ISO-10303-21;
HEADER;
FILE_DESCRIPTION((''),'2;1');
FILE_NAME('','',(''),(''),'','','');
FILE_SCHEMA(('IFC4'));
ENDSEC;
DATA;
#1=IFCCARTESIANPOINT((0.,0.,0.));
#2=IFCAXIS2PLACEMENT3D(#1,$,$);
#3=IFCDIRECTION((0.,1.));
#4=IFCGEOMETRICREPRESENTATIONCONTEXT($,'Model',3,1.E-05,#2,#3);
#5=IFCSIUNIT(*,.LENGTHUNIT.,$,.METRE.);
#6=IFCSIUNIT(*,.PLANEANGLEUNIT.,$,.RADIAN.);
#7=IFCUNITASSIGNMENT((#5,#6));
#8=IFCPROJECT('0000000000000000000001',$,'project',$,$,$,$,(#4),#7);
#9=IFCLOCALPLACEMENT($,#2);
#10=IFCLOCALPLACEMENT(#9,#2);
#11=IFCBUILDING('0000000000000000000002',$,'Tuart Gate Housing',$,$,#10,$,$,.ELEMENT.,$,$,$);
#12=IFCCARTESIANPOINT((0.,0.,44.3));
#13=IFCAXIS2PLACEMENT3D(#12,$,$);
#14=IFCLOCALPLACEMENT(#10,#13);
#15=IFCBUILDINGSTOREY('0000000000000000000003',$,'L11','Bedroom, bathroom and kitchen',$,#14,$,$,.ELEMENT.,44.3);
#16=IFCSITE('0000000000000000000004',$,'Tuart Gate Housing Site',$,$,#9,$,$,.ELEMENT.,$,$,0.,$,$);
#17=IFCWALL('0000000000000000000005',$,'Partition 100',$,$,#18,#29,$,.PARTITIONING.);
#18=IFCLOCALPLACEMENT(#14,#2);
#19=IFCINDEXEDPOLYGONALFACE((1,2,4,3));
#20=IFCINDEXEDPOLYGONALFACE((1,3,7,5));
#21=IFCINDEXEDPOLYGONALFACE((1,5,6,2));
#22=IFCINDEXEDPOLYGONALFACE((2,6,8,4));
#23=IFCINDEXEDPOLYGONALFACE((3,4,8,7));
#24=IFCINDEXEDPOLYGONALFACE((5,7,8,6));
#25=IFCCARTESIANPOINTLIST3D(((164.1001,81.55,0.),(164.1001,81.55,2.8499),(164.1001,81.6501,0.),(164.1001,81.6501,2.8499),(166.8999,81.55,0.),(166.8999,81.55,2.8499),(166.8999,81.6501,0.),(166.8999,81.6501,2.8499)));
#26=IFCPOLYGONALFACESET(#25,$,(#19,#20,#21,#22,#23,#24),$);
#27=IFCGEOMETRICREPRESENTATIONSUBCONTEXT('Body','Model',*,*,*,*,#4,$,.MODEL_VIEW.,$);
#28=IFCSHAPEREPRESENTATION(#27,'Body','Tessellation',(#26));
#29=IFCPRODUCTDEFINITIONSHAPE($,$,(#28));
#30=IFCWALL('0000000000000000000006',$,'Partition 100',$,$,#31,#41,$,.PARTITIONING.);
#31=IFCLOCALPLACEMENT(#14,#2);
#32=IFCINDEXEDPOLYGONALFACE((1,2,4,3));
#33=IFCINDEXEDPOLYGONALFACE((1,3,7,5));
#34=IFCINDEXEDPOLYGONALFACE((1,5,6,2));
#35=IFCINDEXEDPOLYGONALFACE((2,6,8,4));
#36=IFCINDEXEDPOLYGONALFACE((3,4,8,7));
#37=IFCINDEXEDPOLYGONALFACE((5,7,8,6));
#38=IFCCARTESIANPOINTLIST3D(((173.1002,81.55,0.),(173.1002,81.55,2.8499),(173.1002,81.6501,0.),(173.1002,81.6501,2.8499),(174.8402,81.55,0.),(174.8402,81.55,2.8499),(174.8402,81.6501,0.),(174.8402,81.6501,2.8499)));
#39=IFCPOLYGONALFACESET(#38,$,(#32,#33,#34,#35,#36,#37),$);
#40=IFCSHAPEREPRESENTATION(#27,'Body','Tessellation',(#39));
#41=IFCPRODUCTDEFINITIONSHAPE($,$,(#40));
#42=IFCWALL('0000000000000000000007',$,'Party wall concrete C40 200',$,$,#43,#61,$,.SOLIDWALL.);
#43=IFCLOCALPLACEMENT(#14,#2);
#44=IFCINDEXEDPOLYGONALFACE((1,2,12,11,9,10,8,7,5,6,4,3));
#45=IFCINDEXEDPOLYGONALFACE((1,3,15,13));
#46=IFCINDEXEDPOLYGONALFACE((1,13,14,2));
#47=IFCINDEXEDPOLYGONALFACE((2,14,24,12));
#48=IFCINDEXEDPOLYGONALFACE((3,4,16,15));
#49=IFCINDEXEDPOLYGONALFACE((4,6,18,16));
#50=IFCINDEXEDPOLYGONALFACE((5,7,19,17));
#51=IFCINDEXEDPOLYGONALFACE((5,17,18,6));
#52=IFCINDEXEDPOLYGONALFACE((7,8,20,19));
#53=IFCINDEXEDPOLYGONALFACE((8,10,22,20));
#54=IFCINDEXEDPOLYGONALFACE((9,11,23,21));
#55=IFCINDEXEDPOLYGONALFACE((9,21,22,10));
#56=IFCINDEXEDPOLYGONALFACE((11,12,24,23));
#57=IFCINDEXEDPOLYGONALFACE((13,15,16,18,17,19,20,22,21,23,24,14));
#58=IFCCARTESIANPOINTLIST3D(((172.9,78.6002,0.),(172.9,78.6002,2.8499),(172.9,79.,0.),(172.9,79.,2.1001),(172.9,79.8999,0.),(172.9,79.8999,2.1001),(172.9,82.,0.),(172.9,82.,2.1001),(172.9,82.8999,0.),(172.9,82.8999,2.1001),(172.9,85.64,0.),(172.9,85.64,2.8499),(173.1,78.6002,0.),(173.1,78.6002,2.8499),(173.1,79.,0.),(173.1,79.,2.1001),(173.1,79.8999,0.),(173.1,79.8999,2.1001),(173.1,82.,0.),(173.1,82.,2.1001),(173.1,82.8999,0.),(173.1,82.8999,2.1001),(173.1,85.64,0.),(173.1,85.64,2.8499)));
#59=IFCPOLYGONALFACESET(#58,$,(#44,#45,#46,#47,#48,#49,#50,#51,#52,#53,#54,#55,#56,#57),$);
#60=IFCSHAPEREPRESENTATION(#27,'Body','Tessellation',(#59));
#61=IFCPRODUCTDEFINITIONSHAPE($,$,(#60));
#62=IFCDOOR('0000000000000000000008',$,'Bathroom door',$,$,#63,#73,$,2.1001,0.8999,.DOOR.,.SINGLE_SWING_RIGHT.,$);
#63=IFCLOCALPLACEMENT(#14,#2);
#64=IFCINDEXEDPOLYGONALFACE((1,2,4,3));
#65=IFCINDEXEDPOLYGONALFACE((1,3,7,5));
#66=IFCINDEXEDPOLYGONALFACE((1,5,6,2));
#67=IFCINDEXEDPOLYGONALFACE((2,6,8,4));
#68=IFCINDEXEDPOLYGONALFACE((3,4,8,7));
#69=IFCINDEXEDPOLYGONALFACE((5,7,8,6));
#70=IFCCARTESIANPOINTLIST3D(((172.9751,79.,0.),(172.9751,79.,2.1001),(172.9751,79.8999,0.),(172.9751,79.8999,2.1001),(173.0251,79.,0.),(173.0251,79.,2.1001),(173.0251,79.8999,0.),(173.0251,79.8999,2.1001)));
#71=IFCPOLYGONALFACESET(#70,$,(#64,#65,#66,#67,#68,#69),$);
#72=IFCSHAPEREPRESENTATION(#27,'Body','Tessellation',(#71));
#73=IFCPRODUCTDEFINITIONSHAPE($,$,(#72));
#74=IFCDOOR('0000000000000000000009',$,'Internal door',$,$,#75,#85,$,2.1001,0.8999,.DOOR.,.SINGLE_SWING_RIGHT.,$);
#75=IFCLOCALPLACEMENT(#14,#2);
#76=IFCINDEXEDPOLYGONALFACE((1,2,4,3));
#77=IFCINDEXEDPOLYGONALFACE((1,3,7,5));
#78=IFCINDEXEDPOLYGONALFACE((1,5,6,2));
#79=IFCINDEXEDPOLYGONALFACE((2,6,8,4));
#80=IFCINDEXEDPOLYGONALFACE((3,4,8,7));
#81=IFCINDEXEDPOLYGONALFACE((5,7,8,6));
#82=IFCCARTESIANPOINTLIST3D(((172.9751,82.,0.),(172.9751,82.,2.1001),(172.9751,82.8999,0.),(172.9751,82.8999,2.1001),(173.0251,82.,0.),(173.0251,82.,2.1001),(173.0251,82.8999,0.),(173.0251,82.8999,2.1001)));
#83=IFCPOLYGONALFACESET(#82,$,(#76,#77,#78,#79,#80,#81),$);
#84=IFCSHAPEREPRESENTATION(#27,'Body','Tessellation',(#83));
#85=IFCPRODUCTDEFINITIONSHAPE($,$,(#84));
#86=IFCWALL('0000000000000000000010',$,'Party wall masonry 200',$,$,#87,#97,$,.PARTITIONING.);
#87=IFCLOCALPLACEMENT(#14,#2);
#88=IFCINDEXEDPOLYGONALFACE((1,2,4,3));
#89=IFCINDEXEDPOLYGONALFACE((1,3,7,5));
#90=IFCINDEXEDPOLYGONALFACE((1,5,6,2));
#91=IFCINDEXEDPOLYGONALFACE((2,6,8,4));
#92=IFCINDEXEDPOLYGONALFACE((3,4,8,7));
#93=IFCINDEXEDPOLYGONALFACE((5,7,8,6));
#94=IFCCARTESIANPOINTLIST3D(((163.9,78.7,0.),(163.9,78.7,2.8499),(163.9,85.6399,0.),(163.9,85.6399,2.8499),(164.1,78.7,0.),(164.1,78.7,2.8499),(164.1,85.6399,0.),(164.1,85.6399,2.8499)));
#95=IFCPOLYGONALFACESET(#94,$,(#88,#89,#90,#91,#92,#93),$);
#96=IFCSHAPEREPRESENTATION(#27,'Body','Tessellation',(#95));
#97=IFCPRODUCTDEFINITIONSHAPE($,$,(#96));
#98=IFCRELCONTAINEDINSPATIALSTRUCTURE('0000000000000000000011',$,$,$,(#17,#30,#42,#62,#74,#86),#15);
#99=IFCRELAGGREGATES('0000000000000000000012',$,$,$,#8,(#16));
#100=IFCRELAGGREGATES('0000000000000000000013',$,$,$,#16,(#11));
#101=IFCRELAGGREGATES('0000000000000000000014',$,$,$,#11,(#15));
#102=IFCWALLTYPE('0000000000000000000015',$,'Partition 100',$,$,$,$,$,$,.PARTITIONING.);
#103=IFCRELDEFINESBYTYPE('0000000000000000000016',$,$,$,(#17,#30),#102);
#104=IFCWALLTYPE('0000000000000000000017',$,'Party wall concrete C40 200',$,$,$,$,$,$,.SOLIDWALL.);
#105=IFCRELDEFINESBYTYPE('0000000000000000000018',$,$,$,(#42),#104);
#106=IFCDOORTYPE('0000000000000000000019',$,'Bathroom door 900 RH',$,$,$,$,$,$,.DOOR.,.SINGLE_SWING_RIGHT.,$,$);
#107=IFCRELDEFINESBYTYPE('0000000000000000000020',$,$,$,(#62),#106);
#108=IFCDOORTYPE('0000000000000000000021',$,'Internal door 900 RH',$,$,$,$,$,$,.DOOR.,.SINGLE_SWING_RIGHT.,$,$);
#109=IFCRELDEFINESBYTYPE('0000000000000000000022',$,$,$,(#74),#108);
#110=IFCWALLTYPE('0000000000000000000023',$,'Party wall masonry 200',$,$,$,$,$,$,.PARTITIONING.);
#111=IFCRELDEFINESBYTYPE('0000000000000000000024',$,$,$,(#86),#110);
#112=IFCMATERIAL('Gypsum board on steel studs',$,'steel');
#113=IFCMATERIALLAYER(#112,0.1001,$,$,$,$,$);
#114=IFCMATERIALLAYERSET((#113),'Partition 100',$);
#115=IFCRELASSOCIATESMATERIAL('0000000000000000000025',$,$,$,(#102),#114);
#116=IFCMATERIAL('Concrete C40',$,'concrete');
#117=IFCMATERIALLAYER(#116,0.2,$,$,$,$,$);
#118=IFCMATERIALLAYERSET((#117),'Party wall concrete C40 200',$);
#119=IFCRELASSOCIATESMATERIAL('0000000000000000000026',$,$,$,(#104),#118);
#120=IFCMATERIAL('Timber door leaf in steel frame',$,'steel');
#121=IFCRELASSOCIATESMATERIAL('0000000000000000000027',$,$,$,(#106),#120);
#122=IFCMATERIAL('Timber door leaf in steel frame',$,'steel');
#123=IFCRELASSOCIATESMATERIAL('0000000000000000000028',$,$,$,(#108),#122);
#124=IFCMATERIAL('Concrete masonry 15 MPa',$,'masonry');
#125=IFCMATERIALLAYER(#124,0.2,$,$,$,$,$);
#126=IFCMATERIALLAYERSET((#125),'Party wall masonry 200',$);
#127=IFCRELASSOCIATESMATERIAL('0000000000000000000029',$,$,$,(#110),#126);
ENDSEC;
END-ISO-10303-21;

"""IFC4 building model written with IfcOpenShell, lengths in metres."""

from ifc_helpers import new_model, si_unit, direction, frame, frame_2d, origin, place, context, subcontext, project, spatial, rectangle, extrude, material, layer, layer_set, type_object, element, fill, save


model = new_model("IFC4")

# Units and contexts
model_context = context("Model", 3, precision=1e-05, world=origin(), true_north=direction((0.0, 1.0)))
body_context = subcontext(model_context, "Body", "Model", "MODEL_VIEW")
ifc_project = project(units=[si_unit("LENGTHUNIT", "METRE"), si_unit("PLANEANGLEUNIT", "RADIAN")], contexts=[model_context])

# Site, building, storey
site_placement = place(None, origin())
site = spatial("IfcSite", under=ifc_project, at=site_placement, Name="Tuart Gate Housing Site", CompositionType="ELEMENT", RefElevation=0.0)
building_placement = place(site_placement, origin())
building = spatial("IfcBuilding", under=site, at=building_placement, Name="Tuart Gate Housing", CompositionType="ELEMENT")
storey_placement = place(building_placement, frame((0.0, 0.0, 44.3)))
storey = spatial("IfcBuildingStorey", under=building, at=storey_placement, Name="L11", Description="Bedroom, bathroom and kitchen", CompositionType="ELEMENT", Elevation=44.3)

# Walls
ifc_material_1 = material(Name="Gypsum board on steel studs", Category="steel")
ifc_layer_1 = layer(ifc_material_1, 0.1001)
ifc_layer_set_1 = layer_set([ifc_layer_1], Name="Partition 100")
wall_type_1 = type_object("IfcWallType", Name="Partition 100", PredefinedType="PARTITIONING", material=ifc_layer_set_1)
wall_1_placement = place(storey_placement, frame((164.1001, 81.6001, 0.0), z_axis=(0.0, 0.0, 1.0), x_axis=(1.0, 0.0, 0.0)))
element("IfcWall", 1, at=wall_1_placement, inside=storey, type_object=wall_type_1, Name="Partition 100", PredefinedType="PARTITIONING", context=body_context, shape_type="SweptSolid", body=[
    extrude(rectangle(XDim=2.7998, YDim=0.1001, at=frame_2d((1.3999, 0.0))), origin(), (0.0, 0.0, 1.0), 2.8499),
])
wall_2_placement = place(storey_placement, frame((173.1001, 81.6001, 0.0), z_axis=(0.0, 0.0, 1.0), x_axis=(1.0, 0.0, 0.0)))
element("IfcWall", 2, at=wall_2_placement, inside=storey, type_object=wall_type_1, Name="Partition 100", PredefinedType="PARTITIONING", context=body_context, shape_type="SweptSolid", body=[
    extrude(rectangle(XDim=1.74, YDim=0.1001, at=frame_2d((0.8701, 0.0))), origin(), (0.0, 0.0, 1.0), 2.8499),
])

# Wall, openings, doors
ifc_material_2 = material(Name="Concrete C40", Category="concrete")
ifc_layer_2 = layer(ifc_material_2, 0.2)
ifc_layer_set_2 = layer_set([ifc_layer_2], Name="Party wall concrete C40 200")
wall_type_2 = type_object("IfcWallType", Name="Party wall concrete C40 200", PredefinedType="SOLIDWALL", material=ifc_layer_set_2)
wall_3_placement = place(storey_placement, frame((173.0, 78.6001, 0.0), z_axis=(0.0, 0.0, 1.0), x_axis=(0.0, 1.0, 0.0)))
wall_3 = element("IfcWall", 3, at=wall_3_placement, inside=storey, type_object=wall_type_2, Name="Party wall concrete C40 200", PredefinedType="SOLIDWALL", context=body_context, shape_type="SweptSolid", body=[
    extrude(rectangle(XDim=7.0398, YDim=0.2, at=frame_2d((3.52, 0.0))), origin(), (0.0, 0.0, 1.0), 2.8499),
])
opening_1_placement = place(wall_3_placement, frame((3.3999, 0.0, 0.0)))
opening_1 = element("IfcOpeningElement", 4, at=opening_1_placement, cuts=wall_3, PredefinedType="OPENING", context=body_context, shape_type="SweptSolid", body=[
    extrude(rectangle(XDim=0.8999, YDim=2.1001, at=frame_2d((0.45, 1.05))), frame((0.0, 0.1099, 0.0), z_axis=(0.0, -1.0, 0.0), x_axis=(1.0, 0.0, 0.0)), (0.0, 0.0, 1.0), 0.22),
])
opening_2_placement = place(wall_3_placement, frame((0.3999, 0.0, 0.0)))
opening_2 = element("IfcOpeningElement", 5, at=opening_2_placement, cuts=wall_3, PredefinedType="OPENING", context=body_context, shape_type="SweptSolid", body=[
    extrude(rectangle(XDim=0.8999, YDim=2.1001, at=frame_2d((0.45, 1.05))), frame((0.0, 0.1099, 0.0), z_axis=(0.0, -1.0, 0.0), x_axis=(1.0, 0.0, 0.0)), (0.0, 0.0, 1.0), 0.22),
])
ifc_material_3 = material(Name="Timber door leaf in steel frame", Category="steel")
door_type_1 = type_object("IfcDoorType", Name="Bathroom door 900 RH", OperationType="SINGLE_SWING_RIGHT", PredefinedType="DOOR", material=ifc_material_3)
door_1_placement = place(opening_2_placement, frame((0.8999, 0.0, 0.0), z_axis=(0.0, 0.0, 1.0), x_axis=(-1.0, 0.0, 0.0)))
door_1 = element("IfcDoor", 6, at=door_1_placement, inside=storey, type_object=door_type_1, Name="Bathroom door", OperationType="SINGLE_SWING_RIGHT", OverallHeight=2.1001, OverallWidth=0.8999, PredefinedType="DOOR", context=body_context, shape_type="SweptSolid", body=[
    extrude(rectangle(XDim=0.8999, YDim=2.1001, at=frame_2d((0.45, 1.05))), frame((0.0, 0.0251, 0.0), z_axis=(0.0, -1.0, 0.0), x_axis=(1.0, 0.0, 0.0)), (0.0, 0.0, 1.0), 0.05),
])
fill(opening_2, door_1)
ifc_material_4 = material(Name="Timber door leaf in steel frame", Category="steel")
door_type_2 = type_object("IfcDoorType", Name="Internal door 900 RH", OperationType="SINGLE_SWING_RIGHT", PredefinedType="DOOR", material=ifc_material_4)
door_2_placement = place(opening_1_placement, frame((0.8999, 0.0, 0.0), z_axis=(0.0, 0.0, 1.0), x_axis=(-1.0, 0.0, 0.0)))
door_2 = element("IfcDoor", 7, at=door_2_placement, inside=storey, type_object=door_type_2, Name="Internal door", OperationType="SINGLE_SWING_RIGHT", OverallHeight=2.1001, OverallWidth=0.8999, PredefinedType="DOOR", context=body_context, shape_type="SweptSolid", body=[
    extrude(rectangle(XDim=0.8999, YDim=2.1001, at=frame_2d((0.45, 1.05))), frame((0.0, 0.0251, 0.0), z_axis=(0.0, -1.0, 0.0), x_axis=(1.0, 0.0, 0.0)), (0.0, 0.0, 1.0), 0.05),
])
fill(opening_1, door_2)

# Wall
ifc_material_5 = material(Name="Concrete masonry 15 MPa", Category="masonry")
ifc_layer_3 = layer(ifc_material_5, 0.2)
ifc_layer_set_3 = layer_set([ifc_layer_3], Name="Party wall masonry 200")
wall_type_3 = type_object("IfcWallType", Name="Party wall masonry 200", PredefinedType="PARTITIONING", material=ifc_layer_set_3)
wall_4_placement = place(storey_placement, frame((164.0, 78.7, 0.0), z_axis=(0.0, 0.0, 1.0), x_axis=(0.0, 1.0, 0.0)))
element("IfcWall", 8, at=wall_4_placement, inside=storey, type_object=wall_type_3, Name="Party wall masonry 200", PredefinedType="PARTITIONING", context=body_context, shape_type="SweptSolid", body=[
    extrude(rectangle(XDim=6.9399, YDim=0.2, at=frame_2d((3.47, 0.0))), origin(), (0.0, 0.0, 1.0), 2.8499),
])

save(model, "model.ifc")
